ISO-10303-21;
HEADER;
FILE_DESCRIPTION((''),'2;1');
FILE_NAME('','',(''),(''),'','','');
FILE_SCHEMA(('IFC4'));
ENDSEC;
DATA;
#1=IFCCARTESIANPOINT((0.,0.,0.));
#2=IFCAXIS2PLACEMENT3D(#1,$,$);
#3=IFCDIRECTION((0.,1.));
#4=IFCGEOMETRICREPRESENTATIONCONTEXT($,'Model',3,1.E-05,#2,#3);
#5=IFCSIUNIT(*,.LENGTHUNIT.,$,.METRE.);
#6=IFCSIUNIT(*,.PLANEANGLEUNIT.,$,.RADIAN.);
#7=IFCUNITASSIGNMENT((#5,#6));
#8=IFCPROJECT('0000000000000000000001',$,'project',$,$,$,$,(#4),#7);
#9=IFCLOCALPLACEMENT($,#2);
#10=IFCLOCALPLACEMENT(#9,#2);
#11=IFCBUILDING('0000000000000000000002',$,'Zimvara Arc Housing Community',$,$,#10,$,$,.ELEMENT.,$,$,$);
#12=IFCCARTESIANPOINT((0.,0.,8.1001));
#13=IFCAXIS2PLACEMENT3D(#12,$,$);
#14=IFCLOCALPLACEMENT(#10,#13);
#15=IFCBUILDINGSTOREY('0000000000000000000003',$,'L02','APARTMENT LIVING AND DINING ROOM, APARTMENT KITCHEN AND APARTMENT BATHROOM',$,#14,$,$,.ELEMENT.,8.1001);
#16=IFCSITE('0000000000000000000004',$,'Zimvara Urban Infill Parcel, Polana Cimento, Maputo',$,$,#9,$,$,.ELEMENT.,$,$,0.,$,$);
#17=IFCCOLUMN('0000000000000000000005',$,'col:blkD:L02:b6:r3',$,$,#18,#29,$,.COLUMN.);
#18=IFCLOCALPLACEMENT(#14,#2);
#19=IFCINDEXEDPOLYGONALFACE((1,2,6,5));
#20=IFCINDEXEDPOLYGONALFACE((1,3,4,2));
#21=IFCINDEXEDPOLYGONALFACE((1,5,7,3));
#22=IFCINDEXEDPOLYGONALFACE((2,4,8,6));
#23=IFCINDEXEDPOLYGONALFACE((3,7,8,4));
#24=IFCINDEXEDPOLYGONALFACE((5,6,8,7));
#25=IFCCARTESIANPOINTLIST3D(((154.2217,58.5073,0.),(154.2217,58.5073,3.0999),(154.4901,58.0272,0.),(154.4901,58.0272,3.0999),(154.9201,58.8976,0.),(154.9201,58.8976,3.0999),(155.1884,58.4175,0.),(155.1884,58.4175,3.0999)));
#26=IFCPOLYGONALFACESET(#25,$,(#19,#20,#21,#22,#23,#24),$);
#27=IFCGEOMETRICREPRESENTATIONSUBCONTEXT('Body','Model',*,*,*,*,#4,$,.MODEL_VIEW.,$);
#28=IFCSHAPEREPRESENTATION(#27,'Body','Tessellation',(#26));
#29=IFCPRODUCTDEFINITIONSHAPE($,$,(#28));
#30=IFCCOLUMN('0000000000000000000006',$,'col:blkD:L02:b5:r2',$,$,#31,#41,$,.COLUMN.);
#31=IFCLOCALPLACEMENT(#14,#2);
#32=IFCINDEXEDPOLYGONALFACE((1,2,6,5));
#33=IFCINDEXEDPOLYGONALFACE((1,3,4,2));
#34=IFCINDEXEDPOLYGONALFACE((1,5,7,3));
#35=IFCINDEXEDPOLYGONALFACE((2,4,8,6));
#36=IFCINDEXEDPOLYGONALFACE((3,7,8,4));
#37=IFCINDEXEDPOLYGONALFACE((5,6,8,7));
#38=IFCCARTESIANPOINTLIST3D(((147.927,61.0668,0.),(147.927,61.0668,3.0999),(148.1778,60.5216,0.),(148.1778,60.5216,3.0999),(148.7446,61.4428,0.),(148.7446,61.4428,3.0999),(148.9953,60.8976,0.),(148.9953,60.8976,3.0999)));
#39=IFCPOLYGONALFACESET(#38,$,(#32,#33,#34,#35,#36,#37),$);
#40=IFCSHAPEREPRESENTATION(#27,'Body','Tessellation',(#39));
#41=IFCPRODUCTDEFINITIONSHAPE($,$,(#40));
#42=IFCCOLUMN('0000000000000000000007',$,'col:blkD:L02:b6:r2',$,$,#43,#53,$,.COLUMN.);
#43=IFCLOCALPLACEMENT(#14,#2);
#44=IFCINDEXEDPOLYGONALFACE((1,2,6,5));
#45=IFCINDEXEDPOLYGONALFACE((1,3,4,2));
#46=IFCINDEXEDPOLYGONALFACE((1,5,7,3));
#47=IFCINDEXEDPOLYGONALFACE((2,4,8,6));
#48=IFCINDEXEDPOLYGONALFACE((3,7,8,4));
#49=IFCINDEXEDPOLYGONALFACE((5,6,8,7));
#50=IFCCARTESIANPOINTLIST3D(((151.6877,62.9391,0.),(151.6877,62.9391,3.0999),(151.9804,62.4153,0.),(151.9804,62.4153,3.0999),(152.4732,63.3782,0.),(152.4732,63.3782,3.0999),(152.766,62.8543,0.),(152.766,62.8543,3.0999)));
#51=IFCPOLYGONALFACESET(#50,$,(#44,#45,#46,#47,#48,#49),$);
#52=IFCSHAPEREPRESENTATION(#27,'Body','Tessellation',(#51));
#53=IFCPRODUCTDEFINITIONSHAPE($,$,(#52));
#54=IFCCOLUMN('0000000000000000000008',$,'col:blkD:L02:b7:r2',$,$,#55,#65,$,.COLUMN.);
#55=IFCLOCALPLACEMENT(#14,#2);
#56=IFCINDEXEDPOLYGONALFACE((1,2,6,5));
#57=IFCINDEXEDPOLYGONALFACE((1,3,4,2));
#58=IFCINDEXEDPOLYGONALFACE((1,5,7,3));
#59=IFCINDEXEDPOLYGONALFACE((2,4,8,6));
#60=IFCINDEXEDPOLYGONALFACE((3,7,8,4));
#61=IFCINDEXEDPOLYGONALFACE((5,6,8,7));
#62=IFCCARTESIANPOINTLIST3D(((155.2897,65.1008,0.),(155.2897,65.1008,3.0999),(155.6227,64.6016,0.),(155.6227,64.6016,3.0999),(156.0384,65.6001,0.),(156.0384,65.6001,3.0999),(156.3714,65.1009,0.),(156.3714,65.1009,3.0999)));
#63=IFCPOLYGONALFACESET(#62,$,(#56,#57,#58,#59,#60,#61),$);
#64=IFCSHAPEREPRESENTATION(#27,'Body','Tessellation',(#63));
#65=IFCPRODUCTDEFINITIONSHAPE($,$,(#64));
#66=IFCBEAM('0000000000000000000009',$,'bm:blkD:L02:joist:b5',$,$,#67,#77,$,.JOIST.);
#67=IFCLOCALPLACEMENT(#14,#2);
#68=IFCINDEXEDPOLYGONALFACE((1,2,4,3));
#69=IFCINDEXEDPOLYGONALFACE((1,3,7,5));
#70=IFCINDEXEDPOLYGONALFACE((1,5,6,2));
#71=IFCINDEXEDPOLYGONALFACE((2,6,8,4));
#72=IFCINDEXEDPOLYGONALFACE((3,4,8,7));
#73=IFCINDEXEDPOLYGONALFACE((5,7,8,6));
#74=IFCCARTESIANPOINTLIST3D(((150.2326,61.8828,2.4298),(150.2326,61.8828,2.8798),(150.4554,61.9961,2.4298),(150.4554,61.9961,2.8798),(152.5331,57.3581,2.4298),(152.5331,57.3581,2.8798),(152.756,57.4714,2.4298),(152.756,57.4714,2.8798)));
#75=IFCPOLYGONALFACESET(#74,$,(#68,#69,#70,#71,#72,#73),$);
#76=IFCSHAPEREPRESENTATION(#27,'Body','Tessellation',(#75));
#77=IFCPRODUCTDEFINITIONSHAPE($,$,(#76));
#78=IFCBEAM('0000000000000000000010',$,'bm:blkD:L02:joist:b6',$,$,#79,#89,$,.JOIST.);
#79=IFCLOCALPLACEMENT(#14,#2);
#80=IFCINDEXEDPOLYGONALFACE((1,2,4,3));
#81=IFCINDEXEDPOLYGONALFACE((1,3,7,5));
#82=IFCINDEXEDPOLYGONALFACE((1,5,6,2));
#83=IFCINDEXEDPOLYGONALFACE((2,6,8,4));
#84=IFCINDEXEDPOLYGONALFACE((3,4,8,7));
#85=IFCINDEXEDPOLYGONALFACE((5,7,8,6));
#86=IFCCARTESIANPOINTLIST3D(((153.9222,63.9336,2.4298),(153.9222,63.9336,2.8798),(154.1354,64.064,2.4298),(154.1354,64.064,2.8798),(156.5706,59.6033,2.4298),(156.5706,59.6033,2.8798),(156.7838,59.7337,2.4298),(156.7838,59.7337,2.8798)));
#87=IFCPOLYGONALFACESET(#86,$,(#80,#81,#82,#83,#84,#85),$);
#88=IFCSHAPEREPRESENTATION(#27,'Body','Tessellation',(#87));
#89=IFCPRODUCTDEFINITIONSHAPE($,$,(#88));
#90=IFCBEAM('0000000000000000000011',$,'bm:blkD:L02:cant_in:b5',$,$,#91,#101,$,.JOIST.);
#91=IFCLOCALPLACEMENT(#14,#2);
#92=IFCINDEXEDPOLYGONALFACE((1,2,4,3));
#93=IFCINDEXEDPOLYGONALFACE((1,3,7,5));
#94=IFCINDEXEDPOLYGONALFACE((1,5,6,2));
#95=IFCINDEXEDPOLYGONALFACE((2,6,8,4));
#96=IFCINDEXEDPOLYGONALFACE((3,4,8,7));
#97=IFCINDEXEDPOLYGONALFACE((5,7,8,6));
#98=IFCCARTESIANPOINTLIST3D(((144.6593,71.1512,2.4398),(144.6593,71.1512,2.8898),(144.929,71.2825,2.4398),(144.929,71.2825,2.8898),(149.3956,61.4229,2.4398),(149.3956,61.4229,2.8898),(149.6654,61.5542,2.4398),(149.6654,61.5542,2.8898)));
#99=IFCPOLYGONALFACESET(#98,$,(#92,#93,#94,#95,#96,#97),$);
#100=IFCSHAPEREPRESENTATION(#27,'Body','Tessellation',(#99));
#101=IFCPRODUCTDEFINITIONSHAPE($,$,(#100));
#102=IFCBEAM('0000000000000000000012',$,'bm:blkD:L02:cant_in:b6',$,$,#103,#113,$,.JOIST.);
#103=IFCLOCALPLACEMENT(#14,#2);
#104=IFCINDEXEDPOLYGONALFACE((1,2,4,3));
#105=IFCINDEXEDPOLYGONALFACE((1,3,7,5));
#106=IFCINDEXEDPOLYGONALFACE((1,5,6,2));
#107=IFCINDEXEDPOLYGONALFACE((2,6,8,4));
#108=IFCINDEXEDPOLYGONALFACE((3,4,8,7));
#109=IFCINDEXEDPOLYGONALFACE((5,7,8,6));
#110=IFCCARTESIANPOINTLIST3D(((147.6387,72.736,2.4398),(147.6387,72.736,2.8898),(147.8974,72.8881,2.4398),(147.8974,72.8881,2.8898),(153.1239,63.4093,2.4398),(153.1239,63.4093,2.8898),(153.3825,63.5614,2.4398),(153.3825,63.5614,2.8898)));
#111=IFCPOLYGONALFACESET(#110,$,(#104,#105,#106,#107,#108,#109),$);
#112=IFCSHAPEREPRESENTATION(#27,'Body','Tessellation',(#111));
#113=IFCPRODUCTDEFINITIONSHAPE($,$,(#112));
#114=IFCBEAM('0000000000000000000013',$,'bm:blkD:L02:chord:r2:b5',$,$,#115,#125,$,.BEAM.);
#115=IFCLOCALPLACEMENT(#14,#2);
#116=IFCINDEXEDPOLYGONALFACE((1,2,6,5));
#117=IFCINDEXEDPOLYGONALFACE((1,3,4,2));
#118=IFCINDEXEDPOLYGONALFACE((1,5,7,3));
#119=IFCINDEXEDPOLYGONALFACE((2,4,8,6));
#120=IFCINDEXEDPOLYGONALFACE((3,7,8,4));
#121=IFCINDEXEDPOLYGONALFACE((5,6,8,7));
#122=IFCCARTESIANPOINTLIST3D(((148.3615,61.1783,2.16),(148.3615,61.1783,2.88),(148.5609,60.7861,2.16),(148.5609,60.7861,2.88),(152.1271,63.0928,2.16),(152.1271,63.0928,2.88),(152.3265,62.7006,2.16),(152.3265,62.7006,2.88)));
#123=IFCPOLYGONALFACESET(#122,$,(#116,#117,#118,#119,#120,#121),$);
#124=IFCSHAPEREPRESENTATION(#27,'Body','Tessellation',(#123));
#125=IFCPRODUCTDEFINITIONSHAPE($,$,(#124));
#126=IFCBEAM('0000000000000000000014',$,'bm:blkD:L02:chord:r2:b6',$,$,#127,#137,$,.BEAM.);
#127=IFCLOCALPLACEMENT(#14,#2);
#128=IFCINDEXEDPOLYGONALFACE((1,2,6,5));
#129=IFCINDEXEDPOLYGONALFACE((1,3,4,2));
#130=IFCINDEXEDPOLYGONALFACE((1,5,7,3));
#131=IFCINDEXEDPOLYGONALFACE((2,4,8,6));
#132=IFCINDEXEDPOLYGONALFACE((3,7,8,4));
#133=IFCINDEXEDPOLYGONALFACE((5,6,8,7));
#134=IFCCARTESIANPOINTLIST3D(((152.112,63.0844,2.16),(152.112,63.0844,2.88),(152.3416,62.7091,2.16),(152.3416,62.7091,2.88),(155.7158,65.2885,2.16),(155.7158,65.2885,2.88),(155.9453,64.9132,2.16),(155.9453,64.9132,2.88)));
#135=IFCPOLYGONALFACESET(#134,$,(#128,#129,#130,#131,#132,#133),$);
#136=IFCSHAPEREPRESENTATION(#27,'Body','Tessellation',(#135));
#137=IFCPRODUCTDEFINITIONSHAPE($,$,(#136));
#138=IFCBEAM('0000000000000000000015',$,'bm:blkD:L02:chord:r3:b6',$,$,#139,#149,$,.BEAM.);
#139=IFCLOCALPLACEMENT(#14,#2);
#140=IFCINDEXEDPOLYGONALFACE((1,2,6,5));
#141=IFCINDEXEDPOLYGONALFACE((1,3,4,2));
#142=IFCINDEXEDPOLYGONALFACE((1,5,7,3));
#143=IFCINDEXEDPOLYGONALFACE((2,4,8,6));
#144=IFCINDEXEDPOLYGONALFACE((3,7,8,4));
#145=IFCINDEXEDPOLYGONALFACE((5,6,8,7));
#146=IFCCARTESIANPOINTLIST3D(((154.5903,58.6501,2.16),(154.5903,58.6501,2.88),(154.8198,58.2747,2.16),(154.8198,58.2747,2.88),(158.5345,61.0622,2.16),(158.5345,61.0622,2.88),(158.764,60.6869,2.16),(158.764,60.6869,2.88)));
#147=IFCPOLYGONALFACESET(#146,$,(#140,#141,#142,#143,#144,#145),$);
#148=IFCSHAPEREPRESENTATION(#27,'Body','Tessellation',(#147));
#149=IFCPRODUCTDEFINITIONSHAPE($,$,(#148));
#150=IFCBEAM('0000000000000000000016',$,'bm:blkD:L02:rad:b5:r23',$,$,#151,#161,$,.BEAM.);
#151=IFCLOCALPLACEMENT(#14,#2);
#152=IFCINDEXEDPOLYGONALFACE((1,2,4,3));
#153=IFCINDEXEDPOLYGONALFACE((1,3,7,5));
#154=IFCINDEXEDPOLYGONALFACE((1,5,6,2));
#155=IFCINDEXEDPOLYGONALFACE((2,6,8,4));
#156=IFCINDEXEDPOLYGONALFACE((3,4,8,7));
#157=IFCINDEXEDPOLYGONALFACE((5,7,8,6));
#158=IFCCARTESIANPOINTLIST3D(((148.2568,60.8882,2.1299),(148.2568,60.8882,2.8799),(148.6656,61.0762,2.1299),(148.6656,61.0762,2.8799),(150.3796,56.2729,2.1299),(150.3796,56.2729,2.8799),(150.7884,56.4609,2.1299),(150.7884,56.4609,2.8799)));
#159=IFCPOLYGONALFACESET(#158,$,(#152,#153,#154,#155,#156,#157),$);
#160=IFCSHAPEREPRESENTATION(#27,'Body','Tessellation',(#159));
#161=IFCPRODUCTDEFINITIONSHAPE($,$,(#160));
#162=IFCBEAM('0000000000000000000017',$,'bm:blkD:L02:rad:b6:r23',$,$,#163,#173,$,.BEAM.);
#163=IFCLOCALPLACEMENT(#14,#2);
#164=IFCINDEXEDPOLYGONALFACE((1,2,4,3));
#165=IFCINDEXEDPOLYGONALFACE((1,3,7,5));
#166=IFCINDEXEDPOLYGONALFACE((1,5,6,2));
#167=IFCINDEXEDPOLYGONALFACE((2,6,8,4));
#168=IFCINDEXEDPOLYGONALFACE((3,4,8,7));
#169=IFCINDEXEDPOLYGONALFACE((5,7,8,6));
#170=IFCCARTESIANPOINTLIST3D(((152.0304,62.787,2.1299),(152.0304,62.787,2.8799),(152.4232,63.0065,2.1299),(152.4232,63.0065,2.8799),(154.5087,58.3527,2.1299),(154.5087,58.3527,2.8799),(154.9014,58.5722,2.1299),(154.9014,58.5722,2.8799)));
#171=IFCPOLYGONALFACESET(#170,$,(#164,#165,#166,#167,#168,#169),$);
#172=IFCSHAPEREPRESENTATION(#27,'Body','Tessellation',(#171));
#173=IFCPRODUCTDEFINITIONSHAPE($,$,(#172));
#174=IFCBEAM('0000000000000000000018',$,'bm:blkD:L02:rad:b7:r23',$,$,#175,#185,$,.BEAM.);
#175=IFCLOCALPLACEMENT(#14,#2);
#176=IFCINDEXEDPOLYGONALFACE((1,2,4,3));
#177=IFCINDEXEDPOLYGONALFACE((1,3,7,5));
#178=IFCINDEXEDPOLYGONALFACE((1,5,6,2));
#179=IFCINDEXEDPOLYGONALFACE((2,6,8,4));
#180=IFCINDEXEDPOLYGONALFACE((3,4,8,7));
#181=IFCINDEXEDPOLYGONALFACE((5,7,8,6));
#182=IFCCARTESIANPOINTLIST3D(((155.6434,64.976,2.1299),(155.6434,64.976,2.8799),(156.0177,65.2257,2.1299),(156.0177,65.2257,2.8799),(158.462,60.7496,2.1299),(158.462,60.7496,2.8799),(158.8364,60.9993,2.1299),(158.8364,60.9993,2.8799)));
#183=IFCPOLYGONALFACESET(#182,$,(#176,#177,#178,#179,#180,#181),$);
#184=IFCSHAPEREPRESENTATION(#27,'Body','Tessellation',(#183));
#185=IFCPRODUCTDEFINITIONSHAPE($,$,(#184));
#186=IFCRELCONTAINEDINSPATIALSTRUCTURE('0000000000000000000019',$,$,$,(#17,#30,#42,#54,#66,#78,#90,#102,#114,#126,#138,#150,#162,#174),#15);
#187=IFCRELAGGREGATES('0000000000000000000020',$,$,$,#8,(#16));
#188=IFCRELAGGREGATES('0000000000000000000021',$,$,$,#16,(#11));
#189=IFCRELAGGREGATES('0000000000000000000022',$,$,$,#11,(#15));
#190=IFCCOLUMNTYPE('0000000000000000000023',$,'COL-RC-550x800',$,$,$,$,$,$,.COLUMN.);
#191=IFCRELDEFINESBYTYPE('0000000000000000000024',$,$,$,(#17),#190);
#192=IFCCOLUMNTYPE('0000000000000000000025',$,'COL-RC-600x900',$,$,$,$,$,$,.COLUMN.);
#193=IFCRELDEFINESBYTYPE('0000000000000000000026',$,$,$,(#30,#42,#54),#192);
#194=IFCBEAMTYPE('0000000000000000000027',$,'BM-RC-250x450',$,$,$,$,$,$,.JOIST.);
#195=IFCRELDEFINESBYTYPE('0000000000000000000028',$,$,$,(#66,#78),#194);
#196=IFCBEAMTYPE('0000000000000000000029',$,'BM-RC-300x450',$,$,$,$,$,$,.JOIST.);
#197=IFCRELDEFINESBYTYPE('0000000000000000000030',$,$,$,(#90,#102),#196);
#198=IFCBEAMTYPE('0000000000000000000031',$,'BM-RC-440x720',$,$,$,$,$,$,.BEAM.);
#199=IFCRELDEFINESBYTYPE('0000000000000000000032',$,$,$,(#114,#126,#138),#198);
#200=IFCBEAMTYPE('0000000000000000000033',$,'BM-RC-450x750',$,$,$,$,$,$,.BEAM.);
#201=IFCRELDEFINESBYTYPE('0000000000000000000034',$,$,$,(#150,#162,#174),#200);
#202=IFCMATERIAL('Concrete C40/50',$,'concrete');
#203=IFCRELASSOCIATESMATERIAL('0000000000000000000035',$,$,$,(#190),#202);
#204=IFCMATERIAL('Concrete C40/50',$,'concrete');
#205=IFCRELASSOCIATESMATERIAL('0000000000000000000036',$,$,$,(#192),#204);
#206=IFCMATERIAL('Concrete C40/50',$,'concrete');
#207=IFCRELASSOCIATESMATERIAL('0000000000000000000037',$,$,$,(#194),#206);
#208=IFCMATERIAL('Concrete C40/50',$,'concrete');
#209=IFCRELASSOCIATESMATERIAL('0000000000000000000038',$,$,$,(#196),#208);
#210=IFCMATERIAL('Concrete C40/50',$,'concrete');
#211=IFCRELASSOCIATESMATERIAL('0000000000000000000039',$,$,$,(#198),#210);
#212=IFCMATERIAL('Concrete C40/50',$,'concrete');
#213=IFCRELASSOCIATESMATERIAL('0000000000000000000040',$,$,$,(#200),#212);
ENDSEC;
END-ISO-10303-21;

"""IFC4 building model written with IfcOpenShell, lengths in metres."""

from ifc_helpers import new_model, si_unit, direction, frame, origin, origin_2d, place, context, subcontext, project, spatial, rectangle, extrude, material, material_profile, profile_set, type_object, element, save


model = new_model("IFC4")

# Units and contexts
model_context = context("Model", 3, precision=1e-05, world=origin(), true_north=direction((0.0, 1.0)))
body_context = subcontext(model_context, "Body", "Model", "MODEL_VIEW")
ifc_project = project(units=[si_unit("LENGTHUNIT", "METRE"), si_unit("PLANEANGLEUNIT", "RADIAN")], contexts=[model_context])

# Site, building, storey
site_placement = place(None, origin())
site = spatial("IfcSite", under=ifc_project, at=site_placement, Name="Zimvara Urban Infill Parcel, Polana Cimento, Maputo", CompositionType="ELEMENT", RefElevation=0.0)
building_placement = place(site_placement, origin())
building = spatial("IfcBuilding", under=site, at=building_placement, Name="Zimvara Arc Housing Community", CompositionType="ELEMENT")
storey_placement = place(building_placement, frame((0.0, 0.0, 8.1001)))
storey = spatial("IfcBuildingStorey", under=building, at=storey_placement, Name="L02", Description="APARTMENT LIVING AND DINING ROOM, APARTMENT KITCHEN AND APARTMENT BATHROOM", CompositionType="ELEMENT", Elevation=8.1001)

# Columns
ifc_material_1 = material(Name="Concrete C40/50", Category="concrete")
ifc_material_profile_1 = material_profile(ifc_material_1, rectangle(XDim=0.55, YDim=0.8, at=origin_2d()), Name="RC 550x800")
ifc_profile_set_1 = profile_set([ifc_material_profile_1], Name="Concrete C40/50")
column_type_1 = type_object("IfcColumnType", Name="COL-RC-550x800", PredefinedType="COLUMN", material=ifc_profile_set_1)
column_placement = place(storey_placement, frame((154.7051, 58.4624, 0.0), z_axis=(0.0, 0.0, 1.0), x_axis=(0.48786, -0.872922, 0.0)))
element("IfcColumn", 1, at=column_placement, inside=storey, type_object=column_type_1, Name="col:blkD:L02:b6:r3", PredefinedType="COLUMN", context=body_context, shape_type="SweptSolid", body=[
    extrude(rectangle(XDim=0.55, YDim=0.8, at=origin_2d()), origin(), (0.0, 0.0, 1.0), 3.0999),
])
ifc_material_2 = material(Name="Concrete C40/50", Category="concrete")
ifc_material_profile_2 = material_profile(ifc_material_2, rectangle(XDim=0.6001, YDim=0.8999, at=origin_2d()), Name="RC 600x900")
ifc_profile_set_2 = profile_set([ifc_material_profile_2], Name="Concrete C40/50")
column_type_2 = type_object("IfcColumnType", Name="COL-RC-600x900", PredefinedType="COLUMN", material=ifc_profile_set_2)
for number, where, z_axis, x_axis, name in (
    (2, (148.4612, 60.9822, 0.0), (0.0, 0.0, 1.0), (0.417867, -0.908508, 0.0), "col:blkD:L02:b5:r2"),
    (3, (152.2268, 62.8967, 0.0), (0.0, 0.0, 1.0), (0.48786, -0.872922, 0.0), "col:blkD:L02:b6:r2"),
    (4, (155.8306, 65.1008, 0.0), (0.0, 0.0, 1.0), (0.554844, -0.831954, 0.0), "col:blkD:L02:b7:r2"),
):
    element("IfcColumn", number, at=place(storey_placement, frame(where, z_axis=z_axis, x_axis=x_axis)), inside=storey, type_object=column_type_2, Name=name, PredefinedType="COLUMN", context=body_context, shape_type="SweptSolid", body=[
        extrude(rectangle(XDim=0.6001, YDim=0.8999, at=origin_2d()), origin(), (0.0, 0.0, 1.0), 3.0999),
    ])

# Beams
ifc_material_3 = material(Name="Concrete C40/50", Category="concrete")
ifc_material_profile_3 = material_profile(ifc_material_3, rectangle(XDim=0.25, YDim=0.45, at=origin_2d()), Name="RC 250x450")
ifc_profile_set_3 = profile_set([ifc_material_profile_3], Name="Concrete C40/50")
beam_type_1 = type_object("IfcBeamType", Name="BM-RC-250x450", PredefinedType="JOIST", material=ifc_profile_set_3)
for number, where, z_axis, x_axis, name in (
    (5, (150.344, 61.9395, 2.6548), (0.453225, -0.891396, 0.0), (0.891396, 0.453225, 0.0), "bm:blkD:L02:joist:b5"),
    (6, (154.0288, 63.9988, 2.6548), (0.521755, -0.853095, 0.0), (0.853095, 0.521755, 0.0), "bm:blkD:L02:joist:b6"),
):
    element("IfcBeam", number, at=place(storey_placement, frame(where, z_axis=z_axis, x_axis=x_axis)), inside=storey, type_object=beam_type_1, Name=name, PredefinedType="JOIST", context=body_context, shape_type="SweptSolid", body=[
        extrude(rectangle(XDim=0.25, YDim=0.45, at=origin_2d()), origin(), (0.0, 0.0, 1.0), 5.0759),
    ])
ifc_material_4 = material(Name="Concrete C40/50", Category="concrete")
ifc_material_profile_4 = material_profile(ifc_material_4, rectangle(XDim=0.3, YDim=0.45, at=origin_2d()), Name="RC 300x450")
ifc_profile_set_4 = profile_set([ifc_material_profile_4], Name="Concrete C40/50")
beam_type_2 = type_object("IfcBeamType", Name="BM-RC-300x450", PredefinedType="JOIST", material=ifc_profile_set_4)
for number, where, z_axis, x_axis, name in (
    (7, (149.5305, 61.4885, 2.6648), (-0.437739, 0.899102, 0.0), (-0.899102, -0.437739, 0.0), "bm:blkD:L02:cant_in:b5"),
    (8, (153.2532, 63.4854, 2.6648), (-0.50694, 0.861981, 0.0), (-0.861981, -0.50694, 0.0), "bm:blkD:L02:cant_in:b6"),
):
    element("IfcBeam", number, at=place(storey_placement, frame(where, z_axis=z_axis, x_axis=x_axis)), inside=storey, type_object=beam_type_2, Name=name, PredefinedType="JOIST", context=body_context, shape_type="SweptSolid", body=[
        extrude(rectangle(XDim=0.3, YDim=0.45, at=origin_2d()), origin(), (0.0, 0.0, 1.0), 10.8201),
    ])
ifc_material_5 = material(Name="Concrete C40/50", Category="concrete")
ifc_material_profile_5 = material_profile(ifc_material_5, rectangle(XDim=0.4399, YDim=0.72, at=origin_2d()), Name="RC 440x720")
ifc_profile_set_5 = profile_set([ifc_material_profile_5], Name="Concrete C40/50")
beam_type_3 = type_object("IfcBeamType", Name="BM-RC-440x720", PredefinedType="BEAM", material=ifc_profile_set_5)
for number, where, z_axis, x_axis, name in (
    (9, (148.4612, 60.9822, 2.52), (0.891402, 0.453214, 0.0), (-0.453214, 0.891402, 0.0), "bm:blkD:L02:chord:r2:b5"),
    (10, (152.2268, 62.8967, 2.52), (0.853092, 0.521761, 0.0), (-0.521761, 0.853092, 0.0), "bm:blkD:L02:chord:r2:b6"),
):
    element("IfcBeam", number, at=place(storey_placement, frame(where, z_axis=z_axis, x_axis=x_axis)), inside=storey, type_object=beam_type_3, Name=name, PredefinedType="BEAM", context=body_context, shape_type="SweptSolid", body=[
        extrude(rectangle(XDim=0.4399, YDim=0.72, at=origin_2d()), origin(), (0.0, 0.0, 1.0), 4.2244),
    ])
beam_1_placement = place(storey_placement, frame((154.7051, 58.4624, 2.52), z_axis=(0.853106, 0.521738, 0.0), x_axis=(-0.521738, 0.853106, 0.0)))
element("IfcBeam", 11, at=beam_1_placement, inside=storey, type_object=beam_type_3, Name="bm:blkD:L02:chord:r3:b6", PredefinedType="BEAM", context=body_context, shape_type="SweptSolid", body=[
    extrude(rectangle(XDim=0.4399, YDim=0.72, at=origin_2d()), origin(), (0.0, 0.0, 1.0), 4.6233),
])
ifc_material_6 = material(Name="Concrete C40/50", Category="concrete")
ifc_material_profile_6 = material_profile(ifc_material_6, rectangle(XDim=0.45, YDim=0.75, at=origin_2d()), Name="RC 450x750")
ifc_profile_set_6 = profile_set([ifc_material_profile_6], Name="Concrete C40/50")
beam_type_4 = type_object("IfcBeamType", Name="BM-RC-450x750", PredefinedType="BEAM", material=ifc_profile_set_6)
beam_2_placement = place(storey_placement, frame((148.4612, 60.9822, 2.5049), z_axis=(0.417872, -0.908506, 0.0), x_axis=(0.908506, 0.417872, 0.0)))
element("IfcBeam", 12, at=beam_2_placement, inside=storey, type_object=beam_type_4, Name="bm:blkD:L02:rad:b5:r23", PredefinedType="BEAM", context=body_context, shape_type="SweptSolid", body=[
    extrude(rectangle(XDim=0.45, YDim=0.75, at=origin_2d()), origin(), (0.0, 0.0, 1.0), 5.0801),
])
beam_3_placement = place(storey_placement, frame((152.2268, 62.8967, 2.5049), z_axis=(0.487861, -0.872921, 0.0), x_axis=(0.872921, 0.487861, 0.0)))
element("IfcBeam", 13, at=beam_3_placement, inside=storey, type_object=beam_type_4, Name="bm:blkD:L02:rad:b6:r23", PredefinedType="BEAM", context=body_context, shape_type="SweptSolid", body=[
    extrude(rectangle(XDim=0.45, YDim=0.75, at=origin_2d()), origin(), (0.0, 0.0, 1.0), 5.0798),
])
beam_4_placement = place(storey_placement, frame((155.8306, 65.1008, 2.5049), z_axis=(0.554844, -0.831954, 0.0), x_axis=(0.831954, 0.554844, 0.0)))
element("IfcBeam", 14, at=beam_4_placement, inside=storey, type_object=beam_type_4, Name="bm:blkD:L02:rad:b7:r23", PredefinedType="BEAM", context=body_context, shape_type="SweptSolid", body=[
    extrude(rectangle(XDim=0.45, YDim=0.75, at=origin_2d()), origin(), (0.0, 0.0, 1.0), 5.0801),
])

save(model, "model.ifc")
